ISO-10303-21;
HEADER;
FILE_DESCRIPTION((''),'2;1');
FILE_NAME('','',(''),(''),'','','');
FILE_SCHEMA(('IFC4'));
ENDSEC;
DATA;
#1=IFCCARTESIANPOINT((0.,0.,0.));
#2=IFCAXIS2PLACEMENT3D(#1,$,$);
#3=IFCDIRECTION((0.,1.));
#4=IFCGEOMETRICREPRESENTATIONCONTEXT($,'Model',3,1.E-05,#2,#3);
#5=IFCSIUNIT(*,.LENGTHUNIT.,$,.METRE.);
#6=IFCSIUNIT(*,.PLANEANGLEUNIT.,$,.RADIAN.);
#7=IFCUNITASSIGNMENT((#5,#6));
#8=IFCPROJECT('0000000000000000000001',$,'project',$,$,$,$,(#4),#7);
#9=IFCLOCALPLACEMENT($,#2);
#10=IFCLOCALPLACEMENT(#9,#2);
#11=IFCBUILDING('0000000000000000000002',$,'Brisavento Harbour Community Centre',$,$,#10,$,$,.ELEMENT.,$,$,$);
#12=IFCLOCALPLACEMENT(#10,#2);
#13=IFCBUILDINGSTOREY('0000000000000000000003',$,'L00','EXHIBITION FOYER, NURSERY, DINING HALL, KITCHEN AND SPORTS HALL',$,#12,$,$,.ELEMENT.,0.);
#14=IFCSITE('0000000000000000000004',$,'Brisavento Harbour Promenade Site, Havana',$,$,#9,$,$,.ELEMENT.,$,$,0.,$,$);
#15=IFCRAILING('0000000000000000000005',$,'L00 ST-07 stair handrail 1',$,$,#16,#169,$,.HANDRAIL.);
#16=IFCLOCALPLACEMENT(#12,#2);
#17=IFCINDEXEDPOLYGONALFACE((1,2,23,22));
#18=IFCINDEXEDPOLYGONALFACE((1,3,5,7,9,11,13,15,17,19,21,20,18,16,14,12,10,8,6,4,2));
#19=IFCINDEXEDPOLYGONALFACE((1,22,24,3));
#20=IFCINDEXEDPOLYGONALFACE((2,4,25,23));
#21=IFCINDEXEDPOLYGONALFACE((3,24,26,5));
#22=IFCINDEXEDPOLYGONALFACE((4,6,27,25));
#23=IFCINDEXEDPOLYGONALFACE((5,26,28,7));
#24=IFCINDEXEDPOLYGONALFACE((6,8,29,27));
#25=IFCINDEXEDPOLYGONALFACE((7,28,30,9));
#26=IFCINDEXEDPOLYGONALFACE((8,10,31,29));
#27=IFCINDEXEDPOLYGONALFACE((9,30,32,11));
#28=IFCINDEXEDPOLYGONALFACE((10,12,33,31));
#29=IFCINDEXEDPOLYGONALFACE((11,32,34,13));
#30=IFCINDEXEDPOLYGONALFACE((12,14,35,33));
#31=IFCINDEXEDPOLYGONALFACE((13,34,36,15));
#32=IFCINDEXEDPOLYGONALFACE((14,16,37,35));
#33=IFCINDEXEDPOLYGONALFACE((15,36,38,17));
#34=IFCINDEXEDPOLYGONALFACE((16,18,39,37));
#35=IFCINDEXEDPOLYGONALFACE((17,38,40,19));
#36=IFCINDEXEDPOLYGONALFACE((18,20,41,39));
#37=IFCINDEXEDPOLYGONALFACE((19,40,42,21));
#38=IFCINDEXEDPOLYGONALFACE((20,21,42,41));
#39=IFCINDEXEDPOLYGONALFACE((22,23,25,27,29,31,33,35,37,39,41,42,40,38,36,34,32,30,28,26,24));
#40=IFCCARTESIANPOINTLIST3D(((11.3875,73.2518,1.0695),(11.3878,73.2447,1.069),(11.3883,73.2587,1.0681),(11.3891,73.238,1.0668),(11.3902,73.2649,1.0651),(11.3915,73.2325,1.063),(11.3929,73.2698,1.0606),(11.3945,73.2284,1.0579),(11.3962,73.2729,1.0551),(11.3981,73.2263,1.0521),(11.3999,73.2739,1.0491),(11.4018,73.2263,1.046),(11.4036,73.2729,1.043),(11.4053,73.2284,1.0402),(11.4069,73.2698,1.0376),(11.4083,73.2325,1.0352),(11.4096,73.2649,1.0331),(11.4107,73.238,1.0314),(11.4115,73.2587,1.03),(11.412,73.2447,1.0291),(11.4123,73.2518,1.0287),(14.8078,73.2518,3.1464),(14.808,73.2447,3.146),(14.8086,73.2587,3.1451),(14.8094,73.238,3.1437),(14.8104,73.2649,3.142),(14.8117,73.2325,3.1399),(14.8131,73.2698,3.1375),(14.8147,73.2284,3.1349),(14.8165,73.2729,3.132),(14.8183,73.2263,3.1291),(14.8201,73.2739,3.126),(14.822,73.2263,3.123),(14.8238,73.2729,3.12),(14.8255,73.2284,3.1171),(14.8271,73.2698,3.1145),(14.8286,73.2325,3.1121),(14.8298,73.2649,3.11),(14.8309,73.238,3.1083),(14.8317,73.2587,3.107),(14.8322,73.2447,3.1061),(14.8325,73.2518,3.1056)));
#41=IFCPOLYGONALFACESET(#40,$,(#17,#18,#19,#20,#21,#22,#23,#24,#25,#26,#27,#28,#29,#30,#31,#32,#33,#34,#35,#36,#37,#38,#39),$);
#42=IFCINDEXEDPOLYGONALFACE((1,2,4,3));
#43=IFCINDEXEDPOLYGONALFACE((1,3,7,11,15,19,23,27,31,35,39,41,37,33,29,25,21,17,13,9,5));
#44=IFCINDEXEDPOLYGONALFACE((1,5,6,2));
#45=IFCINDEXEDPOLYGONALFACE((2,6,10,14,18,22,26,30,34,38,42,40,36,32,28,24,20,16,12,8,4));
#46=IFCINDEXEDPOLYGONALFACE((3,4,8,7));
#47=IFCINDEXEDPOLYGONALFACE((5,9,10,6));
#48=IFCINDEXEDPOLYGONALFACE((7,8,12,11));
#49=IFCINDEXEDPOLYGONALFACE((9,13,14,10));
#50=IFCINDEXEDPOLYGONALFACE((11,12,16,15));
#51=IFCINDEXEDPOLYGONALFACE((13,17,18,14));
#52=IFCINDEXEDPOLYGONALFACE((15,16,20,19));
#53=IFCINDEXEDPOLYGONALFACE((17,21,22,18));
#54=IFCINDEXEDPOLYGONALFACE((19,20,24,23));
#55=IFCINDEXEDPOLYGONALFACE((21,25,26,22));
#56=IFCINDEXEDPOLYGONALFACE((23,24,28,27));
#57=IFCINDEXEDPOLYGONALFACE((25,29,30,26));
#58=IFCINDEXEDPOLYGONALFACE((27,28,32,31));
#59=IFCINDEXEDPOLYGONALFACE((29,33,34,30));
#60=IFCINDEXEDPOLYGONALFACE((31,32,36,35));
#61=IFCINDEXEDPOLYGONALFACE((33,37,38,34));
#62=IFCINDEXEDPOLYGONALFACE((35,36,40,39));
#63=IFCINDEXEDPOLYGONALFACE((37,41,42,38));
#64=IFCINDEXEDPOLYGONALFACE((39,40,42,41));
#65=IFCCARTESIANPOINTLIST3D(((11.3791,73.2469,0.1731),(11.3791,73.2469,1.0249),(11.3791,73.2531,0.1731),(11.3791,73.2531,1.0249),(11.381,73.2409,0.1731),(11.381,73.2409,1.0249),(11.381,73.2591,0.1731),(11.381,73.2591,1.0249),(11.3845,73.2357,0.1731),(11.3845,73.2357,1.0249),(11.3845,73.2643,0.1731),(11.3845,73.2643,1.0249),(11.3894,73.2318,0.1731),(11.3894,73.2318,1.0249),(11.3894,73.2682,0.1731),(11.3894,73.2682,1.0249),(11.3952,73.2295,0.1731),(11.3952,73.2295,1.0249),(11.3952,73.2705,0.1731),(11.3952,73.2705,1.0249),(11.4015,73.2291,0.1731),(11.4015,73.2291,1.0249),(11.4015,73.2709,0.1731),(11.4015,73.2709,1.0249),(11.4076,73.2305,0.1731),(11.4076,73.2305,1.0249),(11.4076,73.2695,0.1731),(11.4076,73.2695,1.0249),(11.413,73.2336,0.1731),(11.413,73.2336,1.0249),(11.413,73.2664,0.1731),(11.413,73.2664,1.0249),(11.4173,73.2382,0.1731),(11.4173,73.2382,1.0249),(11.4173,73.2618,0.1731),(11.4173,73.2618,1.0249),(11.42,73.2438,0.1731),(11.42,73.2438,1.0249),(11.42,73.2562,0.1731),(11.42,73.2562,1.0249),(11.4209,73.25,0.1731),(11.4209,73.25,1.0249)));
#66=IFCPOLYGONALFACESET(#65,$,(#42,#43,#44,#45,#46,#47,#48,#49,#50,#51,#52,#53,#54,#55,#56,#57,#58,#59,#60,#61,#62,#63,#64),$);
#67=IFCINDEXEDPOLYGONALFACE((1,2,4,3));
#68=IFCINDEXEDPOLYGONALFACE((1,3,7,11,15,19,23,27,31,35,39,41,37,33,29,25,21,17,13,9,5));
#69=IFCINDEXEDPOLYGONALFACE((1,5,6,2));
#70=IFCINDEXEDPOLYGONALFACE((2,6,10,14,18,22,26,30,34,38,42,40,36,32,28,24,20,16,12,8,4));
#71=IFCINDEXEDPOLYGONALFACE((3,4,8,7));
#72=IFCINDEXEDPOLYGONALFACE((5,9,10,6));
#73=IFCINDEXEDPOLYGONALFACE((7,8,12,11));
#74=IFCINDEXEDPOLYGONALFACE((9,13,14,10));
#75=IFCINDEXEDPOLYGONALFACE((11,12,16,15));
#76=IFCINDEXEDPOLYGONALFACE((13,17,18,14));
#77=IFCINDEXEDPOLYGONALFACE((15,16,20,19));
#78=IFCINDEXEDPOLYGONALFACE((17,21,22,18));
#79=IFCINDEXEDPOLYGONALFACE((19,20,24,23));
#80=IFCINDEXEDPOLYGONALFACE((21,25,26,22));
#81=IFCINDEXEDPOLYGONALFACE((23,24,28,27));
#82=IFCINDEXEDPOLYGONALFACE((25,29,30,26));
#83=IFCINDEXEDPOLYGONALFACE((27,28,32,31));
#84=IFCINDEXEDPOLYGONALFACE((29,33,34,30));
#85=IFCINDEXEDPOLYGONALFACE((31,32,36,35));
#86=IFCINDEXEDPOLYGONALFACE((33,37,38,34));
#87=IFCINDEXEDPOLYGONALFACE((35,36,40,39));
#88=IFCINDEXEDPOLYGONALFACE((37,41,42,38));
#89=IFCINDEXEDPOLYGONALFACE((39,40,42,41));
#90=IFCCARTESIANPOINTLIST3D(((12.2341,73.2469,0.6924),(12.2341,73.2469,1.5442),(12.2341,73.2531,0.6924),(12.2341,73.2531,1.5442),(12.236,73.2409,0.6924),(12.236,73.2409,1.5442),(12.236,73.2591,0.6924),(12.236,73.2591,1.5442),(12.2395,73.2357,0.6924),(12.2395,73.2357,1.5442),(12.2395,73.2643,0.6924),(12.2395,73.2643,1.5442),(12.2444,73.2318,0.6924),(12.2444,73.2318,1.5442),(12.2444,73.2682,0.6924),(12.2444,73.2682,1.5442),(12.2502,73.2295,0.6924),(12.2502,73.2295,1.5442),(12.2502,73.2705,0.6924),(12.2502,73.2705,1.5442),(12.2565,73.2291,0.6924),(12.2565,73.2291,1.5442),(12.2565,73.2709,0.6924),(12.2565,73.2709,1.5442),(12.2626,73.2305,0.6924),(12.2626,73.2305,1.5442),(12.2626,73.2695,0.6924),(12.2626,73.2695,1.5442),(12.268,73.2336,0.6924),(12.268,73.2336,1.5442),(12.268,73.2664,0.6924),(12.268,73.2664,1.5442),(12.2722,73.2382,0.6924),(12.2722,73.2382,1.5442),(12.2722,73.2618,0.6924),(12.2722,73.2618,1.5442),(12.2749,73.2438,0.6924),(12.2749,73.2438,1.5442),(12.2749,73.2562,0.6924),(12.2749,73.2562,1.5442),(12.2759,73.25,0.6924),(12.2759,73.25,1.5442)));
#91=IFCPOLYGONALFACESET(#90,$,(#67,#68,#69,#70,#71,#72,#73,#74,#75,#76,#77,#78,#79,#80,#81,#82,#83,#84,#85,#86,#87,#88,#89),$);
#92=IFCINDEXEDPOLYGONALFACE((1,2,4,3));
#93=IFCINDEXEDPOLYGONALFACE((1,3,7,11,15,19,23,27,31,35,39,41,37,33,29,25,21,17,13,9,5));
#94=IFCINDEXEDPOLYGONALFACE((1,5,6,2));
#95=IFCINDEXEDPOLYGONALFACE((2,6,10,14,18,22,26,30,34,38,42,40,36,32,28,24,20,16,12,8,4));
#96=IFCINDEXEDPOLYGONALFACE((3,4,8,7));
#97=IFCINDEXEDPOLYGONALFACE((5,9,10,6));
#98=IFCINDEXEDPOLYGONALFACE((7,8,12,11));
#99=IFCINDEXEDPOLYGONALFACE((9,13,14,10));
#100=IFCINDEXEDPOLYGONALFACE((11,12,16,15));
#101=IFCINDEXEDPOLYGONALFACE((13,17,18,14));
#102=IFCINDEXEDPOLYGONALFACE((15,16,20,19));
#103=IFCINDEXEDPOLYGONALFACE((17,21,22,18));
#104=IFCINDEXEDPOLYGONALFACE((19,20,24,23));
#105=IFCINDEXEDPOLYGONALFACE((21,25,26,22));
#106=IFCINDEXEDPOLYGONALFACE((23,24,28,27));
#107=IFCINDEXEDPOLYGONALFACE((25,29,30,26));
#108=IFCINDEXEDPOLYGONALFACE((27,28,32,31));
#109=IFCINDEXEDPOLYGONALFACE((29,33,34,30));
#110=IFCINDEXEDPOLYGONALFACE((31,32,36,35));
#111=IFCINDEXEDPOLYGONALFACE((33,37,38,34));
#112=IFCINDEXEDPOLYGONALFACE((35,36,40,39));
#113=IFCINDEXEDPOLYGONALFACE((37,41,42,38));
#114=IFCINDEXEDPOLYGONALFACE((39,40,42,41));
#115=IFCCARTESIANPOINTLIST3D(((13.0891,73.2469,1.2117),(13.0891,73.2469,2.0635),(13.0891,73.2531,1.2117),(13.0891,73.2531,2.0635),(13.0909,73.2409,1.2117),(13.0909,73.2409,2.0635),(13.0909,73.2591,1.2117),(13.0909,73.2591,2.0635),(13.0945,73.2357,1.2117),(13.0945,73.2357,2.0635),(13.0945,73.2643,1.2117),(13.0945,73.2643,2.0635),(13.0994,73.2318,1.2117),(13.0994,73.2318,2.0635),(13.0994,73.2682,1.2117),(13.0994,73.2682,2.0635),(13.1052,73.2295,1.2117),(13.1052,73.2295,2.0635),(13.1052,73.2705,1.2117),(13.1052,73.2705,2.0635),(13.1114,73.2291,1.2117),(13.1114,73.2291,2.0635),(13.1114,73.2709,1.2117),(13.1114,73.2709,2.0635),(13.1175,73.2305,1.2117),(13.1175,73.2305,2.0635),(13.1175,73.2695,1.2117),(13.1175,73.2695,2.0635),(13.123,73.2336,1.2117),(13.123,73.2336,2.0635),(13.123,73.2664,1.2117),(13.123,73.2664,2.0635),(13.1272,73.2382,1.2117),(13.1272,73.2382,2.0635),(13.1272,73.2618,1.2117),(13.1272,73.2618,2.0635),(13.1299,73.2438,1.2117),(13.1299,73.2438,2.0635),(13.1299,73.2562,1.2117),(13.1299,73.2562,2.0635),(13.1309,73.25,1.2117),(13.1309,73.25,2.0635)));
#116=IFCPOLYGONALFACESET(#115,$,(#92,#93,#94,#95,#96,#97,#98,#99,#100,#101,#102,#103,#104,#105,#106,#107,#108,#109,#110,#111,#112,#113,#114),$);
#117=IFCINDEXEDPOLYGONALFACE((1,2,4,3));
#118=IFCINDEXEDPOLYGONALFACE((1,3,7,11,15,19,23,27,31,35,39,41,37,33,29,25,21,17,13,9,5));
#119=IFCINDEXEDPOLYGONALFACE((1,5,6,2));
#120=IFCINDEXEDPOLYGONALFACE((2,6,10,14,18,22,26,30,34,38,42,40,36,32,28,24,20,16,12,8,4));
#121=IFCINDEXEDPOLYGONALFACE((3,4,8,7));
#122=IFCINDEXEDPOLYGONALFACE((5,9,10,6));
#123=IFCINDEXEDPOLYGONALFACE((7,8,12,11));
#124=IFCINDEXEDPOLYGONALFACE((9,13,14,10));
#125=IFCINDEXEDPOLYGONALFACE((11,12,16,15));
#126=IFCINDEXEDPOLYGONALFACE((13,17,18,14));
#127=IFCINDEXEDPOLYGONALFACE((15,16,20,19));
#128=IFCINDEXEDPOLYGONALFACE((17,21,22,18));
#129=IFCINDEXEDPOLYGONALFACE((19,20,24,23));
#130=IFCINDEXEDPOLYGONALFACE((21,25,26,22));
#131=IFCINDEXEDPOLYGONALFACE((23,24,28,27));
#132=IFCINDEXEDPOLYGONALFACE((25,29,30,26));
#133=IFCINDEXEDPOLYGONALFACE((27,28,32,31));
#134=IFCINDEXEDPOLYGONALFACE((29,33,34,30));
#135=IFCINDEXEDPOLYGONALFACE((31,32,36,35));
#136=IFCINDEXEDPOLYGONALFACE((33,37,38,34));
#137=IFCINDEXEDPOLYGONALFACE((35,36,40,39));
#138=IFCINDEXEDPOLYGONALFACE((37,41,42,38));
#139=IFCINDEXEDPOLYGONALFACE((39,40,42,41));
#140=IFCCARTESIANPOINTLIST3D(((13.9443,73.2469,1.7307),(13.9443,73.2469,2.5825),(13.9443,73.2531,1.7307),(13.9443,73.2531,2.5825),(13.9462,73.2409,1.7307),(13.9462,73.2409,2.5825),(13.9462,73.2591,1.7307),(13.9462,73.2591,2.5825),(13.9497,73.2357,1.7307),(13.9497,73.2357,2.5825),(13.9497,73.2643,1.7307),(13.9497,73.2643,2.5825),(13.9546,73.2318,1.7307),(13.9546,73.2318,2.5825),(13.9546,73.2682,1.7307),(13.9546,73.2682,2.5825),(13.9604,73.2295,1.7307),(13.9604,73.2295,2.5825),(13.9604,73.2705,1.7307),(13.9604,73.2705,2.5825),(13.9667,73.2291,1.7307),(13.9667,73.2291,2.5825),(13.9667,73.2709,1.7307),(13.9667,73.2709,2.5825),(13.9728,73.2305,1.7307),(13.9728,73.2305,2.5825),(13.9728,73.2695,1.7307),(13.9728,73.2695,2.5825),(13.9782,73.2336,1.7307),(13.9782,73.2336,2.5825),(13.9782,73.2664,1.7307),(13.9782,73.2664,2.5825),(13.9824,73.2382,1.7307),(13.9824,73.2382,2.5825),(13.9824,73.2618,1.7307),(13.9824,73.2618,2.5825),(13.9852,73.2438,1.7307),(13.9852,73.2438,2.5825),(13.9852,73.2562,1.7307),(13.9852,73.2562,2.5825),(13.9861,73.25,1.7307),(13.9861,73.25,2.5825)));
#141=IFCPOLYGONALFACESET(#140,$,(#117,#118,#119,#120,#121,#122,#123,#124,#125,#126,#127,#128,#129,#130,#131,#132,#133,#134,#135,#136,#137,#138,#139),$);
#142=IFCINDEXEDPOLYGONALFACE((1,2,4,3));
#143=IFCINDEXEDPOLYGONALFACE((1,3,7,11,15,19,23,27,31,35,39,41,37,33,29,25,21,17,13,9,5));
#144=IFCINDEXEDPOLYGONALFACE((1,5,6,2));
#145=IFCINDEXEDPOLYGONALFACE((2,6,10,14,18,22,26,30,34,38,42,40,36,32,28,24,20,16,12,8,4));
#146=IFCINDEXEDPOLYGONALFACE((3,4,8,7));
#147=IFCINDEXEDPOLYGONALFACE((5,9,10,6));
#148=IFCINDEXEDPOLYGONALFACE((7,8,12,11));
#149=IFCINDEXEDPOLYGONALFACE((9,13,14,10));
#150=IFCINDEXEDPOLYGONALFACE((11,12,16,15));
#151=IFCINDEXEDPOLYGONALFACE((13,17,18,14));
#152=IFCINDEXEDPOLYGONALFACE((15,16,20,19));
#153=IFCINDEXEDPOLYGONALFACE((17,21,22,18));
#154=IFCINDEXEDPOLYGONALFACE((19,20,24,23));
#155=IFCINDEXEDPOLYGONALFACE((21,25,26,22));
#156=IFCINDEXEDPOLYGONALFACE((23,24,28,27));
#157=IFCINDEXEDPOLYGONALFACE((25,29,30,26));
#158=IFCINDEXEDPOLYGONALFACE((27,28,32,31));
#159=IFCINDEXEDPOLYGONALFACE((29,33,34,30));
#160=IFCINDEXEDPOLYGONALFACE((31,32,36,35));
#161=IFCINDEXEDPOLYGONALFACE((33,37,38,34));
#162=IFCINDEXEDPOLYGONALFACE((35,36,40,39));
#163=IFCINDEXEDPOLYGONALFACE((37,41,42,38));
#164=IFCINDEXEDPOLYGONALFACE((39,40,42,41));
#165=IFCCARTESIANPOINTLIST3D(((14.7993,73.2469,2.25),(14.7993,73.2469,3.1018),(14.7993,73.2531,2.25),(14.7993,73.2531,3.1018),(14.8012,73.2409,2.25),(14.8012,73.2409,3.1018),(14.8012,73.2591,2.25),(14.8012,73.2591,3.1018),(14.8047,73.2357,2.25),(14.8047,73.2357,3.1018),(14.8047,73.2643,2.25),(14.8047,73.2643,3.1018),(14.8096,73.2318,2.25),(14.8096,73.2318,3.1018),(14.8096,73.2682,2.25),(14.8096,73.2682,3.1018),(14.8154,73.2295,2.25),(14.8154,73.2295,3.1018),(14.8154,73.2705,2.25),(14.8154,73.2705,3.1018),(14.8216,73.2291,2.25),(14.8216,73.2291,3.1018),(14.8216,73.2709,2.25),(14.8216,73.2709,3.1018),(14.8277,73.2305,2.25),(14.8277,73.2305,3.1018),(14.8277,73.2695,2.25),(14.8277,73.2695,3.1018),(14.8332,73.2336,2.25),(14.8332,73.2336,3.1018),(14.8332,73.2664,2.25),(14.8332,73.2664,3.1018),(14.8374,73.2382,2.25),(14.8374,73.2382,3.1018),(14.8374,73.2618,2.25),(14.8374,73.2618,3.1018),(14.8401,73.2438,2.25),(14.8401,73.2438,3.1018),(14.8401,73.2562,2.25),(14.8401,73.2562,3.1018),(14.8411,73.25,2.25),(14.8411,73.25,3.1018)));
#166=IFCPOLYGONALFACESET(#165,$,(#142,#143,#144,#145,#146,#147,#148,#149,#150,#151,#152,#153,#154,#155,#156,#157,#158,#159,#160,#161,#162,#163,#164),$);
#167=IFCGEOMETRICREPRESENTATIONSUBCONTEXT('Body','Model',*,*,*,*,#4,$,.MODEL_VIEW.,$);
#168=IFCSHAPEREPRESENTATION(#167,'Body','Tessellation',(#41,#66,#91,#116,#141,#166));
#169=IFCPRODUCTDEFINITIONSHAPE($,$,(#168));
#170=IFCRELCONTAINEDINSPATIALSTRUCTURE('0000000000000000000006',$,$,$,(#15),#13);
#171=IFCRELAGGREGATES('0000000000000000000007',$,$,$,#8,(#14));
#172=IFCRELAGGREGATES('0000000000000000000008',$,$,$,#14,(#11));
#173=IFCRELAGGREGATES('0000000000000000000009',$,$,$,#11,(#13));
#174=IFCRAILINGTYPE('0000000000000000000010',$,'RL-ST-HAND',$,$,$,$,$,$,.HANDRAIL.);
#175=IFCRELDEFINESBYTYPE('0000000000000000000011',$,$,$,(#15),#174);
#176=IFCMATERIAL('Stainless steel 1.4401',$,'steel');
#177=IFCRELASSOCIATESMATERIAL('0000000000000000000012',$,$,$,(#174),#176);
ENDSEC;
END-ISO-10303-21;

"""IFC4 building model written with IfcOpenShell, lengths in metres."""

from ifc_helpers import new_model, si_unit, direction, frame, origin, origin_2d, place, context, subcontext, project, spatial, circle, extrude, material, type_object, element, save


model = new_model("IFC4")

# Units and contexts
model_context = context("Model", 3, precision=1e-05, world=origin(), true_north=direction((0.0, 1.0)))
body_context = subcontext(model_context, "Body", "Model", "MODEL_VIEW")
ifc_project = project(units=[si_unit("LENGTHUNIT", "METRE"), si_unit("PLANEANGLEUNIT", "RADIAN")], contexts=[model_context])

# Site, building, storey
site_placement = place(None, origin())
site = spatial("IfcSite", under=ifc_project, at=site_placement, Name="Brisavento Harbour Promenade Site, Havana", CompositionType="ELEMENT", RefElevation=0.0)
building_placement = place(site_placement, origin())
building = spatial("IfcBuilding", under=site, at=building_placement, Name="Brisavento Harbour Community Centre", CompositionType="ELEMENT")
storey_placement = place(building_placement, origin())
storey = spatial("IfcBuildingStorey", under=building, at=storey_placement, Name="L00", Description="EXHIBITION FOYER, NURSERY, DINING HALL, KITCHEN AND SPORTS HALL", CompositionType="ELEMENT", Elevation=0.0)

# Railing
ifc_material_1 = material(Name="Stainless steel 1.4401", Category="steel")
railing_type = type_object("IfcRailingType", Name="RL-ST-HAND", PredefinedType="HANDRAIL", material=ifc_material_1)
railing_placement = place(storey_placement, frame((11.3999, 73.25, 0.1731)))
element("IfcRailing", 1, at=railing_placement, inside=storey, type_object=railing_type, Name="L00 ST-07 stair handrail 1", PredefinedType="HANDRAIL", context=body_context, shape_type="SweptSolid", body=[
    extrude(circle(Radius=0.0239, at=origin_2d()), frame((0.0, 0.0, 0.876), z_axis=(0.854746, 0.0, 0.519047), x_axis=(0.0, 1.0, 0.0)), (0.0, 0.0, 1.0), 4.0015),
    extrude(circle(Radius=0.021, at=origin_2d()), origin(), (0.0, 0.0, 1.0), 0.8518),
    extrude(circle(Radius=0.021, at=origin_2d()), frame((0.855, 0.0, 0.5193)), (0.0, 0.0, 1.0), 0.8518),
    extrude(circle(Radius=0.021, at=origin_2d()), frame((1.71, 0.0, 1.0386)), (0.0, 0.0, 1.0), 0.8518),
    extrude(circle(Radius=0.021, at=origin_2d()), frame((2.5652, 0.0, 1.5576)), (0.0, 0.0, 1.0), 0.8518),
    extrude(circle(Radius=0.021, at=origin_2d()), frame((3.4202, 0.0, 2.0769)), (0.0, 0.0, 1.0), 0.8518),
])

save(model, "model.ifc")
